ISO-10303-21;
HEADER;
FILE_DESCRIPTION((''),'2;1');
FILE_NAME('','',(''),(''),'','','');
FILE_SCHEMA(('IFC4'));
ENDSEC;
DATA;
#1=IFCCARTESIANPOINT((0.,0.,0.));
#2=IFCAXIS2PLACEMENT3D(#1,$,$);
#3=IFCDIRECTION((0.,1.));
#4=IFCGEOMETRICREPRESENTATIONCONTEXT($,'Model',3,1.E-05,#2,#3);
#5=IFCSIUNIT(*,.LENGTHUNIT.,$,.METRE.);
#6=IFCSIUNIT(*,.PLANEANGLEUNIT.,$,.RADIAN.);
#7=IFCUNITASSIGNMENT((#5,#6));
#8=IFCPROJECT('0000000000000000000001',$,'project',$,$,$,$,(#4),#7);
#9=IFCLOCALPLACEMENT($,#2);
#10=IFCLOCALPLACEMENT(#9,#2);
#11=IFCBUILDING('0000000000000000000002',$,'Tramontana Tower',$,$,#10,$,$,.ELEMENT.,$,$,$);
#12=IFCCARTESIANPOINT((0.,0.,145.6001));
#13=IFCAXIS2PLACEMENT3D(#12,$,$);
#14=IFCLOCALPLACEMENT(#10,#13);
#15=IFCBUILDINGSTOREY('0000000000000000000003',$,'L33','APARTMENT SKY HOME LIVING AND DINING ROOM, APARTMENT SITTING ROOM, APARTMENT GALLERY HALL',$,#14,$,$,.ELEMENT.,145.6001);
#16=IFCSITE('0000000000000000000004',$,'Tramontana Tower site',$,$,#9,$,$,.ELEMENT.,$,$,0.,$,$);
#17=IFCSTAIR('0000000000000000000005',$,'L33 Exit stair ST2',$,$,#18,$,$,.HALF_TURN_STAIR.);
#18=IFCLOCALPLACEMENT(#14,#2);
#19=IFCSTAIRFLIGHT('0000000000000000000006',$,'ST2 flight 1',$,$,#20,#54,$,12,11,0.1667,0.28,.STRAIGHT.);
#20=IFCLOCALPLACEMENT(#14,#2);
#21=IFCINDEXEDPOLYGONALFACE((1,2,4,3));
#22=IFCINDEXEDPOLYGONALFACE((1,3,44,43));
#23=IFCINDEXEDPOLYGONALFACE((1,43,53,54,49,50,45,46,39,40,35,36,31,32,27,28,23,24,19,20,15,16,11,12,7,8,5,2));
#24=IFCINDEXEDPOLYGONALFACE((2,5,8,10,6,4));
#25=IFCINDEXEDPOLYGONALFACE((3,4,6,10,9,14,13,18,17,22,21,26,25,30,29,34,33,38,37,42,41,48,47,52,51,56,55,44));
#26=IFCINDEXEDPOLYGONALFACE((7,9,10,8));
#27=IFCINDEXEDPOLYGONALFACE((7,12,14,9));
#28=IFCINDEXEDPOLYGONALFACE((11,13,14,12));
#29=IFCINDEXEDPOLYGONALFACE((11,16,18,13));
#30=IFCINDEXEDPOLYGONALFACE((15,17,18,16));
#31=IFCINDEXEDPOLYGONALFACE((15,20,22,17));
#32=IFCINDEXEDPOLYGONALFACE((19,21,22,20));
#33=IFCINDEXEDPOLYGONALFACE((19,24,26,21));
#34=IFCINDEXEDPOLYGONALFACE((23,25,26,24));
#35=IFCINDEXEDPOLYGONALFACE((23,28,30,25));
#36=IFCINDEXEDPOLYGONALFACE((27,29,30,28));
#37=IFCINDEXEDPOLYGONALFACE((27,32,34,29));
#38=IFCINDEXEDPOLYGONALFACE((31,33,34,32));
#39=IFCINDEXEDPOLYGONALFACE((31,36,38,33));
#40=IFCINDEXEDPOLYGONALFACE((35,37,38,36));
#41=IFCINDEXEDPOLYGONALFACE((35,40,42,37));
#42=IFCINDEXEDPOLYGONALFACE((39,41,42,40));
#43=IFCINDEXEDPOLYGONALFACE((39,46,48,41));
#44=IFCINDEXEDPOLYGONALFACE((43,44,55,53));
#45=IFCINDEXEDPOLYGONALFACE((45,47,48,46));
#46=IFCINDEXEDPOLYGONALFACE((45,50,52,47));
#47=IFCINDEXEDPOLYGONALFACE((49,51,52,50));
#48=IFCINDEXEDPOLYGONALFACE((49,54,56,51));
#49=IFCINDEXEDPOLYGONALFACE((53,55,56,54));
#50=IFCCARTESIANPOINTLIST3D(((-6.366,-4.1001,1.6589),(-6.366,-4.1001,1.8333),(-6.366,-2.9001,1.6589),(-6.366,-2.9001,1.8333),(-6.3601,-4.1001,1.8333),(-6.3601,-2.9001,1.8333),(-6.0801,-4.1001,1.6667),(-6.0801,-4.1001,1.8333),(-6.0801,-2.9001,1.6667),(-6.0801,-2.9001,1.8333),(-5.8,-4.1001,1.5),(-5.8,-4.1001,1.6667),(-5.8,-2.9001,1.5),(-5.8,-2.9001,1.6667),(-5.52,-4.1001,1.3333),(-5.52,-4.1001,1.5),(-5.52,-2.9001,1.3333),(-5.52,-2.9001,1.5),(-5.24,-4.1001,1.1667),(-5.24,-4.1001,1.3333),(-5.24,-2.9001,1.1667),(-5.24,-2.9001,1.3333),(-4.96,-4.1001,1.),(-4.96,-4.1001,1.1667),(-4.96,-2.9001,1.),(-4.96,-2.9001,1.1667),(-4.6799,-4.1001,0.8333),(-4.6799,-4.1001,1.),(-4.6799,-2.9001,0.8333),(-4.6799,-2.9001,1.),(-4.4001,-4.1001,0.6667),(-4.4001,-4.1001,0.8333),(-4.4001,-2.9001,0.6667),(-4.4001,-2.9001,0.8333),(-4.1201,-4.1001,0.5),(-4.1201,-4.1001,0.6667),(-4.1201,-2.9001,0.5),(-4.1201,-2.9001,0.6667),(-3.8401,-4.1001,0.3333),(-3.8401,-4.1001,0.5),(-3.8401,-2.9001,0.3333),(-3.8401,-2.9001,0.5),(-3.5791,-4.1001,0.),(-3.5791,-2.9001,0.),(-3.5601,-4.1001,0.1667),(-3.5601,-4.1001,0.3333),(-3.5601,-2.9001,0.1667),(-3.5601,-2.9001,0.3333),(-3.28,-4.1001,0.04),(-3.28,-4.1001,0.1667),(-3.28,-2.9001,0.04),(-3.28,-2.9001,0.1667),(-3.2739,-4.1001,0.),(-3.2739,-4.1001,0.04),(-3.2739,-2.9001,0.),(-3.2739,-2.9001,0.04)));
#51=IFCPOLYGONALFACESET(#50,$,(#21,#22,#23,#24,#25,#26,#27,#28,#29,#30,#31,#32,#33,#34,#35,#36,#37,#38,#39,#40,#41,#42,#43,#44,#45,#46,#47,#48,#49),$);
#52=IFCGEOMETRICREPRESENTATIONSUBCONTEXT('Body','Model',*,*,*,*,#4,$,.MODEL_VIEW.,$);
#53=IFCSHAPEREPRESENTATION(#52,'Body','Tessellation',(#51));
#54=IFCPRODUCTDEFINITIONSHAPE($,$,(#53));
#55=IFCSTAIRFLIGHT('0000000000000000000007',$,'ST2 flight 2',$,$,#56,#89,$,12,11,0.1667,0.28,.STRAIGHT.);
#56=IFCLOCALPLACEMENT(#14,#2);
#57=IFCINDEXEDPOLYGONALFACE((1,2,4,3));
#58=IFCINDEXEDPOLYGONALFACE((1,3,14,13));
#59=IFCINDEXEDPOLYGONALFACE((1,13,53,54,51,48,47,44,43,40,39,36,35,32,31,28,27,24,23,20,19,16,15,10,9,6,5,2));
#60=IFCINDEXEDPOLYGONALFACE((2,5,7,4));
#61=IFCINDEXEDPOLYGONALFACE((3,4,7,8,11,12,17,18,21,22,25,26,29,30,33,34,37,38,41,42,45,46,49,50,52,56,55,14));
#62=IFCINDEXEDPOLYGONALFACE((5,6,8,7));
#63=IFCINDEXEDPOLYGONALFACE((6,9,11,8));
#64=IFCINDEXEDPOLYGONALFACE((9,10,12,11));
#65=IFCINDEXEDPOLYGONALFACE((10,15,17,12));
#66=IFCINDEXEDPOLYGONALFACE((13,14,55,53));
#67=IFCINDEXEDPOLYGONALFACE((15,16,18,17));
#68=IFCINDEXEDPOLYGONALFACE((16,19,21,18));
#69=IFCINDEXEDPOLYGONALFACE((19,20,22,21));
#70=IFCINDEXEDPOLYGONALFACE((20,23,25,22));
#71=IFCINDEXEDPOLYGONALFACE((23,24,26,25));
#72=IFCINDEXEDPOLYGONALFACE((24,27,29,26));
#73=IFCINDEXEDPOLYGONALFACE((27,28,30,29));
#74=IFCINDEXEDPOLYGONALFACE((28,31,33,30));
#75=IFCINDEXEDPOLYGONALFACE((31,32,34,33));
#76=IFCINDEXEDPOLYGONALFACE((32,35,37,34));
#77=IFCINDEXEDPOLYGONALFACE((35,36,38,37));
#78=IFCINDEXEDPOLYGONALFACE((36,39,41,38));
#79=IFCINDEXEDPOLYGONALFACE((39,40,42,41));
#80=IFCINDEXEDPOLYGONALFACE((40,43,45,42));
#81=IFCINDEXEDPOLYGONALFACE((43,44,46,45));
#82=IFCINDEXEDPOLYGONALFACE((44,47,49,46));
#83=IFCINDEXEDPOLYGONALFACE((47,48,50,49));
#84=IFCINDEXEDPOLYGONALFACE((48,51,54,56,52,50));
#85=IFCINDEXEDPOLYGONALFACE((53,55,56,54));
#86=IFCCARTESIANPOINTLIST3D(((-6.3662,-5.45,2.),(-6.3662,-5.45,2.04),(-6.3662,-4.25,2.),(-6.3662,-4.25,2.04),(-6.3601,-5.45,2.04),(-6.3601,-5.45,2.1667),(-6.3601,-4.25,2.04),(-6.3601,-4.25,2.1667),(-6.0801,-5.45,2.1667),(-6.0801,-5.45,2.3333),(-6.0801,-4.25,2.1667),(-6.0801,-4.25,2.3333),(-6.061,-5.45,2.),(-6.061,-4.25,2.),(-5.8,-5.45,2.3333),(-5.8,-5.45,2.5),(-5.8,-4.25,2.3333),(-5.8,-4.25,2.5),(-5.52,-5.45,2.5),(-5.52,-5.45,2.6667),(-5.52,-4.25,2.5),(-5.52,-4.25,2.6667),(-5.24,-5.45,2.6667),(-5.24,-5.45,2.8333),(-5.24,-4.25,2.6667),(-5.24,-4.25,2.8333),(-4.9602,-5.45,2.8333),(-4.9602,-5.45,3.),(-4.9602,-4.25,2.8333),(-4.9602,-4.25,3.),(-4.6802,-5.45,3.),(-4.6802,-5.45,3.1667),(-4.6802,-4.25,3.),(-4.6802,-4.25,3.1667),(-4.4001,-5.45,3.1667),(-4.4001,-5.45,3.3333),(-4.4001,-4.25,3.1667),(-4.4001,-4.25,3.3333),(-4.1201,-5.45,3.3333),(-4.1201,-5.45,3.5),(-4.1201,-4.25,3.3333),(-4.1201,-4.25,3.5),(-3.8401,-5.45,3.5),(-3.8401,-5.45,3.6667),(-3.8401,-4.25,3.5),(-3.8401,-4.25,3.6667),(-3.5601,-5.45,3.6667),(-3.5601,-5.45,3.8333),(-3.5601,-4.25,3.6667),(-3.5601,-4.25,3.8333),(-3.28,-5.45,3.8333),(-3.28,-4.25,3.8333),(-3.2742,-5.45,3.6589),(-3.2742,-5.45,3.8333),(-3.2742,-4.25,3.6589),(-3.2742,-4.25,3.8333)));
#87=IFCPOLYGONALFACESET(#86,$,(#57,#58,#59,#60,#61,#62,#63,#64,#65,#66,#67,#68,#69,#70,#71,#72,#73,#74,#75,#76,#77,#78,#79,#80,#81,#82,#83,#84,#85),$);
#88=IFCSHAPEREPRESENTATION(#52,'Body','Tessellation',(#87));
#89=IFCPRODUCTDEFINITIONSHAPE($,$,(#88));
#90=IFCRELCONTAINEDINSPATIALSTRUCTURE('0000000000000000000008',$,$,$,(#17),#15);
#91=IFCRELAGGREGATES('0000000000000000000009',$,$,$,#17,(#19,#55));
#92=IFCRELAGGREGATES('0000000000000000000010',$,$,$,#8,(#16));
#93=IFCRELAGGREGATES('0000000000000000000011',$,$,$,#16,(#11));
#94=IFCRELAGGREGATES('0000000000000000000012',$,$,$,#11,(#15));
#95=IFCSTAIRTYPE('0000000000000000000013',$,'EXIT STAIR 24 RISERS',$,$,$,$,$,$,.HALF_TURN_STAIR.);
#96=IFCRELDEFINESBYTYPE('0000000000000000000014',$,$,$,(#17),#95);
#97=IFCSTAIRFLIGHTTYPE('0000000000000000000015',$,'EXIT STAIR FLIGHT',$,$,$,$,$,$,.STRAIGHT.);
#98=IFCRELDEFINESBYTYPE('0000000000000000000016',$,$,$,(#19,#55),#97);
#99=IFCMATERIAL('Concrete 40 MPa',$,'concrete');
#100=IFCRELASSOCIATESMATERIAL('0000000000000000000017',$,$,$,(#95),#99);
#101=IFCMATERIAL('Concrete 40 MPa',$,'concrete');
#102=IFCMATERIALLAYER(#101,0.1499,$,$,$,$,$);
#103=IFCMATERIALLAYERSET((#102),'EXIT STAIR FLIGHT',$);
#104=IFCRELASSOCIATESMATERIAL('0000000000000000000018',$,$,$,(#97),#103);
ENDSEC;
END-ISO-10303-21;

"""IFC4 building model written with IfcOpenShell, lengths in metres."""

from ifc_helpers import new_model, si_unit, direction, frame, origin, place, context, subcontext, project, spatial, polyline, outline, extrude, material, layer, layer_set, type_object, element, aggregate, save


model = new_model("IFC4")

# Units and contexts
model_context = context("Model", 3, precision=1e-05, world=origin(), true_north=direction((0.0, 1.0)))
body_context = subcontext(model_context, "Body", "Model", "MODEL_VIEW")
ifc_project = project(units=[si_unit("LENGTHUNIT", "METRE"), si_unit("PLANEANGLEUNIT", "RADIAN")], contexts=[model_context])

# Site, building, storey
site_placement = place(None, origin())
site = spatial("IfcSite", under=ifc_project, at=site_placement, Name="Tramontana Tower site", CompositionType="ELEMENT", RefElevation=0.0)
building_placement = place(site_placement, origin())
building = spatial("IfcBuilding", under=site, at=building_placement, Name="Tramontana Tower", CompositionType="ELEMENT")
storey_placement = place(building_placement, frame((0.0, 0.0, 145.6001)))
storey = spatial("IfcBuildingStorey", under=building, at=storey_placement, Name="L33", Description="APARTMENT SKY HOME LIVING AND DINING ROOM, APARTMENT SITTING ROOM, APARTMENT GALLERY HALL", CompositionType="ELEMENT", Elevation=145.6001)

# Stair, stair flights
ifc_material_1 = material(Name="Concrete 40 MPa", Category="concrete")
stair_type = type_object("IfcStairType", Name="EXIT STAIR 24 RISERS", PredefinedType="HALF_TURN_STAIR", material=ifc_material_1)
stair_placement = place(storey_placement, origin())
stair = element("IfcStair", 1, at=stair_placement, inside=storey, type_object=stair_type, Name="L33 Exit stair ST2", PredefinedType="HALF_TURN_STAIR")
ifc_material_2 = material(Name="Concrete 40 MPa", Category="concrete")
ifc_layer_1 = layer(ifc_material_2, 0.1499)
ifc_layer_set_1 = layer_set([ifc_layer_1], Name="EXIT STAIR FLIGHT")
stair_flight_type = type_object("IfcStairFlightType", Name="EXIT STAIR FLIGHT", PredefinedType="STRAIGHT", material=ifc_layer_set_1)
stair_flight_1_placement = place(storey_placement, frame((-3.28, -3.5, 0.0), z_axis=(0.0, 0.0, 1.0), x_axis=(-1.0, 0.0, 0.0)))
stair_flight_1 = element("IfcStairFlight", 2, at=stair_flight_1_placement, type_object=stair_flight_type, Name="ST2 flight 1", NumberOfRisers=12, NumberOfTreads=11, PredefinedType="STRAIGHT", RiserHeight=0.1667, TreadLength=0.28, context=body_context, shape_type="SweptSolid", body=[
    extrude(outline(polyline([(-0.0061, 0.0), (-0.0061, 0.04), (0.0, 0.04), (0.0, 0.1667), (0.28, 0.1667), (0.28, 0.3333), (0.5601, 0.3333), (0.5601, 0.5), (0.8401, 0.5), (0.8401, 0.6667), (1.1201, 0.6667), (1.1201, 0.8333), (1.3999, 0.8333), (1.3999, 1.0), (1.6799, 1.0), (1.6799, 1.1667), (1.96, 1.1667), (1.96, 1.3333), (2.24, 1.3333), (2.24, 1.5), (2.52, 1.5), (2.52, 1.6667), (2.8, 1.6667), (2.8, 1.8333), (3.0801, 1.8333), (3.0859, 1.8333), (3.0859, 1.6589), (0.2991, 0.0), (-0.0061, 0.0)])), frame((0.0, 0.6001, 0.0), z_axis=(0.0, -1.0, 0.0), x_axis=(1.0, 0.0, 0.0)), (0.0, 0.0, 1.0), 1.2),
])
stair_flight_2_placement = place(storey_placement, frame((-6.3601, -4.8501, 2.0), z_axis=(0.0, 0.0, 1.0), x_axis=(1.0, 0.0, 0.0)))
stair_flight_2 = element("IfcStairFlight", 3, at=stair_flight_2_placement, type_object=stair_flight_type, Name="ST2 flight 2", NumberOfRisers=12, NumberOfTreads=11, PredefinedType="STRAIGHT", RiserHeight=0.1667, TreadLength=0.28, context=body_context, shape_type="SweptSolid", body=[
    extrude(outline(polyline([(-0.0061, 0.0), (-0.0061, 0.04), (0.0, 0.04), (0.0, 0.1667), (0.28, 0.1667), (0.28, 0.3333), (0.5601, 0.3333), (0.5601, 0.5), (0.8401, 0.5), (0.8401, 0.6667), (1.1201, 0.6667), (1.1201, 0.8333), (1.3999, 0.8333), (1.3999, 1.0), (1.6799, 1.0), (1.6799, 1.1667), (1.96, 1.1667), (1.96, 1.3333), (2.24, 1.3333), (2.24, 1.5), (2.52, 1.5), (2.52, 1.6667), (2.8, 1.6667), (2.8, 1.8333), (3.0801, 1.8333), (3.0859, 1.8333), (3.0859, 1.6589), (0.2991, 0.0), (-0.0061, 0.0)])), frame((0.0, 0.6001, 0.0), z_axis=(0.0, -1.0, 0.0), x_axis=(1.0, 0.0, 0.0)), (0.0, 0.0, 1.0), 1.2),
])
aggregate(stair, [stair_flight_1, stair_flight_2])

save(model, "model.ifc")
